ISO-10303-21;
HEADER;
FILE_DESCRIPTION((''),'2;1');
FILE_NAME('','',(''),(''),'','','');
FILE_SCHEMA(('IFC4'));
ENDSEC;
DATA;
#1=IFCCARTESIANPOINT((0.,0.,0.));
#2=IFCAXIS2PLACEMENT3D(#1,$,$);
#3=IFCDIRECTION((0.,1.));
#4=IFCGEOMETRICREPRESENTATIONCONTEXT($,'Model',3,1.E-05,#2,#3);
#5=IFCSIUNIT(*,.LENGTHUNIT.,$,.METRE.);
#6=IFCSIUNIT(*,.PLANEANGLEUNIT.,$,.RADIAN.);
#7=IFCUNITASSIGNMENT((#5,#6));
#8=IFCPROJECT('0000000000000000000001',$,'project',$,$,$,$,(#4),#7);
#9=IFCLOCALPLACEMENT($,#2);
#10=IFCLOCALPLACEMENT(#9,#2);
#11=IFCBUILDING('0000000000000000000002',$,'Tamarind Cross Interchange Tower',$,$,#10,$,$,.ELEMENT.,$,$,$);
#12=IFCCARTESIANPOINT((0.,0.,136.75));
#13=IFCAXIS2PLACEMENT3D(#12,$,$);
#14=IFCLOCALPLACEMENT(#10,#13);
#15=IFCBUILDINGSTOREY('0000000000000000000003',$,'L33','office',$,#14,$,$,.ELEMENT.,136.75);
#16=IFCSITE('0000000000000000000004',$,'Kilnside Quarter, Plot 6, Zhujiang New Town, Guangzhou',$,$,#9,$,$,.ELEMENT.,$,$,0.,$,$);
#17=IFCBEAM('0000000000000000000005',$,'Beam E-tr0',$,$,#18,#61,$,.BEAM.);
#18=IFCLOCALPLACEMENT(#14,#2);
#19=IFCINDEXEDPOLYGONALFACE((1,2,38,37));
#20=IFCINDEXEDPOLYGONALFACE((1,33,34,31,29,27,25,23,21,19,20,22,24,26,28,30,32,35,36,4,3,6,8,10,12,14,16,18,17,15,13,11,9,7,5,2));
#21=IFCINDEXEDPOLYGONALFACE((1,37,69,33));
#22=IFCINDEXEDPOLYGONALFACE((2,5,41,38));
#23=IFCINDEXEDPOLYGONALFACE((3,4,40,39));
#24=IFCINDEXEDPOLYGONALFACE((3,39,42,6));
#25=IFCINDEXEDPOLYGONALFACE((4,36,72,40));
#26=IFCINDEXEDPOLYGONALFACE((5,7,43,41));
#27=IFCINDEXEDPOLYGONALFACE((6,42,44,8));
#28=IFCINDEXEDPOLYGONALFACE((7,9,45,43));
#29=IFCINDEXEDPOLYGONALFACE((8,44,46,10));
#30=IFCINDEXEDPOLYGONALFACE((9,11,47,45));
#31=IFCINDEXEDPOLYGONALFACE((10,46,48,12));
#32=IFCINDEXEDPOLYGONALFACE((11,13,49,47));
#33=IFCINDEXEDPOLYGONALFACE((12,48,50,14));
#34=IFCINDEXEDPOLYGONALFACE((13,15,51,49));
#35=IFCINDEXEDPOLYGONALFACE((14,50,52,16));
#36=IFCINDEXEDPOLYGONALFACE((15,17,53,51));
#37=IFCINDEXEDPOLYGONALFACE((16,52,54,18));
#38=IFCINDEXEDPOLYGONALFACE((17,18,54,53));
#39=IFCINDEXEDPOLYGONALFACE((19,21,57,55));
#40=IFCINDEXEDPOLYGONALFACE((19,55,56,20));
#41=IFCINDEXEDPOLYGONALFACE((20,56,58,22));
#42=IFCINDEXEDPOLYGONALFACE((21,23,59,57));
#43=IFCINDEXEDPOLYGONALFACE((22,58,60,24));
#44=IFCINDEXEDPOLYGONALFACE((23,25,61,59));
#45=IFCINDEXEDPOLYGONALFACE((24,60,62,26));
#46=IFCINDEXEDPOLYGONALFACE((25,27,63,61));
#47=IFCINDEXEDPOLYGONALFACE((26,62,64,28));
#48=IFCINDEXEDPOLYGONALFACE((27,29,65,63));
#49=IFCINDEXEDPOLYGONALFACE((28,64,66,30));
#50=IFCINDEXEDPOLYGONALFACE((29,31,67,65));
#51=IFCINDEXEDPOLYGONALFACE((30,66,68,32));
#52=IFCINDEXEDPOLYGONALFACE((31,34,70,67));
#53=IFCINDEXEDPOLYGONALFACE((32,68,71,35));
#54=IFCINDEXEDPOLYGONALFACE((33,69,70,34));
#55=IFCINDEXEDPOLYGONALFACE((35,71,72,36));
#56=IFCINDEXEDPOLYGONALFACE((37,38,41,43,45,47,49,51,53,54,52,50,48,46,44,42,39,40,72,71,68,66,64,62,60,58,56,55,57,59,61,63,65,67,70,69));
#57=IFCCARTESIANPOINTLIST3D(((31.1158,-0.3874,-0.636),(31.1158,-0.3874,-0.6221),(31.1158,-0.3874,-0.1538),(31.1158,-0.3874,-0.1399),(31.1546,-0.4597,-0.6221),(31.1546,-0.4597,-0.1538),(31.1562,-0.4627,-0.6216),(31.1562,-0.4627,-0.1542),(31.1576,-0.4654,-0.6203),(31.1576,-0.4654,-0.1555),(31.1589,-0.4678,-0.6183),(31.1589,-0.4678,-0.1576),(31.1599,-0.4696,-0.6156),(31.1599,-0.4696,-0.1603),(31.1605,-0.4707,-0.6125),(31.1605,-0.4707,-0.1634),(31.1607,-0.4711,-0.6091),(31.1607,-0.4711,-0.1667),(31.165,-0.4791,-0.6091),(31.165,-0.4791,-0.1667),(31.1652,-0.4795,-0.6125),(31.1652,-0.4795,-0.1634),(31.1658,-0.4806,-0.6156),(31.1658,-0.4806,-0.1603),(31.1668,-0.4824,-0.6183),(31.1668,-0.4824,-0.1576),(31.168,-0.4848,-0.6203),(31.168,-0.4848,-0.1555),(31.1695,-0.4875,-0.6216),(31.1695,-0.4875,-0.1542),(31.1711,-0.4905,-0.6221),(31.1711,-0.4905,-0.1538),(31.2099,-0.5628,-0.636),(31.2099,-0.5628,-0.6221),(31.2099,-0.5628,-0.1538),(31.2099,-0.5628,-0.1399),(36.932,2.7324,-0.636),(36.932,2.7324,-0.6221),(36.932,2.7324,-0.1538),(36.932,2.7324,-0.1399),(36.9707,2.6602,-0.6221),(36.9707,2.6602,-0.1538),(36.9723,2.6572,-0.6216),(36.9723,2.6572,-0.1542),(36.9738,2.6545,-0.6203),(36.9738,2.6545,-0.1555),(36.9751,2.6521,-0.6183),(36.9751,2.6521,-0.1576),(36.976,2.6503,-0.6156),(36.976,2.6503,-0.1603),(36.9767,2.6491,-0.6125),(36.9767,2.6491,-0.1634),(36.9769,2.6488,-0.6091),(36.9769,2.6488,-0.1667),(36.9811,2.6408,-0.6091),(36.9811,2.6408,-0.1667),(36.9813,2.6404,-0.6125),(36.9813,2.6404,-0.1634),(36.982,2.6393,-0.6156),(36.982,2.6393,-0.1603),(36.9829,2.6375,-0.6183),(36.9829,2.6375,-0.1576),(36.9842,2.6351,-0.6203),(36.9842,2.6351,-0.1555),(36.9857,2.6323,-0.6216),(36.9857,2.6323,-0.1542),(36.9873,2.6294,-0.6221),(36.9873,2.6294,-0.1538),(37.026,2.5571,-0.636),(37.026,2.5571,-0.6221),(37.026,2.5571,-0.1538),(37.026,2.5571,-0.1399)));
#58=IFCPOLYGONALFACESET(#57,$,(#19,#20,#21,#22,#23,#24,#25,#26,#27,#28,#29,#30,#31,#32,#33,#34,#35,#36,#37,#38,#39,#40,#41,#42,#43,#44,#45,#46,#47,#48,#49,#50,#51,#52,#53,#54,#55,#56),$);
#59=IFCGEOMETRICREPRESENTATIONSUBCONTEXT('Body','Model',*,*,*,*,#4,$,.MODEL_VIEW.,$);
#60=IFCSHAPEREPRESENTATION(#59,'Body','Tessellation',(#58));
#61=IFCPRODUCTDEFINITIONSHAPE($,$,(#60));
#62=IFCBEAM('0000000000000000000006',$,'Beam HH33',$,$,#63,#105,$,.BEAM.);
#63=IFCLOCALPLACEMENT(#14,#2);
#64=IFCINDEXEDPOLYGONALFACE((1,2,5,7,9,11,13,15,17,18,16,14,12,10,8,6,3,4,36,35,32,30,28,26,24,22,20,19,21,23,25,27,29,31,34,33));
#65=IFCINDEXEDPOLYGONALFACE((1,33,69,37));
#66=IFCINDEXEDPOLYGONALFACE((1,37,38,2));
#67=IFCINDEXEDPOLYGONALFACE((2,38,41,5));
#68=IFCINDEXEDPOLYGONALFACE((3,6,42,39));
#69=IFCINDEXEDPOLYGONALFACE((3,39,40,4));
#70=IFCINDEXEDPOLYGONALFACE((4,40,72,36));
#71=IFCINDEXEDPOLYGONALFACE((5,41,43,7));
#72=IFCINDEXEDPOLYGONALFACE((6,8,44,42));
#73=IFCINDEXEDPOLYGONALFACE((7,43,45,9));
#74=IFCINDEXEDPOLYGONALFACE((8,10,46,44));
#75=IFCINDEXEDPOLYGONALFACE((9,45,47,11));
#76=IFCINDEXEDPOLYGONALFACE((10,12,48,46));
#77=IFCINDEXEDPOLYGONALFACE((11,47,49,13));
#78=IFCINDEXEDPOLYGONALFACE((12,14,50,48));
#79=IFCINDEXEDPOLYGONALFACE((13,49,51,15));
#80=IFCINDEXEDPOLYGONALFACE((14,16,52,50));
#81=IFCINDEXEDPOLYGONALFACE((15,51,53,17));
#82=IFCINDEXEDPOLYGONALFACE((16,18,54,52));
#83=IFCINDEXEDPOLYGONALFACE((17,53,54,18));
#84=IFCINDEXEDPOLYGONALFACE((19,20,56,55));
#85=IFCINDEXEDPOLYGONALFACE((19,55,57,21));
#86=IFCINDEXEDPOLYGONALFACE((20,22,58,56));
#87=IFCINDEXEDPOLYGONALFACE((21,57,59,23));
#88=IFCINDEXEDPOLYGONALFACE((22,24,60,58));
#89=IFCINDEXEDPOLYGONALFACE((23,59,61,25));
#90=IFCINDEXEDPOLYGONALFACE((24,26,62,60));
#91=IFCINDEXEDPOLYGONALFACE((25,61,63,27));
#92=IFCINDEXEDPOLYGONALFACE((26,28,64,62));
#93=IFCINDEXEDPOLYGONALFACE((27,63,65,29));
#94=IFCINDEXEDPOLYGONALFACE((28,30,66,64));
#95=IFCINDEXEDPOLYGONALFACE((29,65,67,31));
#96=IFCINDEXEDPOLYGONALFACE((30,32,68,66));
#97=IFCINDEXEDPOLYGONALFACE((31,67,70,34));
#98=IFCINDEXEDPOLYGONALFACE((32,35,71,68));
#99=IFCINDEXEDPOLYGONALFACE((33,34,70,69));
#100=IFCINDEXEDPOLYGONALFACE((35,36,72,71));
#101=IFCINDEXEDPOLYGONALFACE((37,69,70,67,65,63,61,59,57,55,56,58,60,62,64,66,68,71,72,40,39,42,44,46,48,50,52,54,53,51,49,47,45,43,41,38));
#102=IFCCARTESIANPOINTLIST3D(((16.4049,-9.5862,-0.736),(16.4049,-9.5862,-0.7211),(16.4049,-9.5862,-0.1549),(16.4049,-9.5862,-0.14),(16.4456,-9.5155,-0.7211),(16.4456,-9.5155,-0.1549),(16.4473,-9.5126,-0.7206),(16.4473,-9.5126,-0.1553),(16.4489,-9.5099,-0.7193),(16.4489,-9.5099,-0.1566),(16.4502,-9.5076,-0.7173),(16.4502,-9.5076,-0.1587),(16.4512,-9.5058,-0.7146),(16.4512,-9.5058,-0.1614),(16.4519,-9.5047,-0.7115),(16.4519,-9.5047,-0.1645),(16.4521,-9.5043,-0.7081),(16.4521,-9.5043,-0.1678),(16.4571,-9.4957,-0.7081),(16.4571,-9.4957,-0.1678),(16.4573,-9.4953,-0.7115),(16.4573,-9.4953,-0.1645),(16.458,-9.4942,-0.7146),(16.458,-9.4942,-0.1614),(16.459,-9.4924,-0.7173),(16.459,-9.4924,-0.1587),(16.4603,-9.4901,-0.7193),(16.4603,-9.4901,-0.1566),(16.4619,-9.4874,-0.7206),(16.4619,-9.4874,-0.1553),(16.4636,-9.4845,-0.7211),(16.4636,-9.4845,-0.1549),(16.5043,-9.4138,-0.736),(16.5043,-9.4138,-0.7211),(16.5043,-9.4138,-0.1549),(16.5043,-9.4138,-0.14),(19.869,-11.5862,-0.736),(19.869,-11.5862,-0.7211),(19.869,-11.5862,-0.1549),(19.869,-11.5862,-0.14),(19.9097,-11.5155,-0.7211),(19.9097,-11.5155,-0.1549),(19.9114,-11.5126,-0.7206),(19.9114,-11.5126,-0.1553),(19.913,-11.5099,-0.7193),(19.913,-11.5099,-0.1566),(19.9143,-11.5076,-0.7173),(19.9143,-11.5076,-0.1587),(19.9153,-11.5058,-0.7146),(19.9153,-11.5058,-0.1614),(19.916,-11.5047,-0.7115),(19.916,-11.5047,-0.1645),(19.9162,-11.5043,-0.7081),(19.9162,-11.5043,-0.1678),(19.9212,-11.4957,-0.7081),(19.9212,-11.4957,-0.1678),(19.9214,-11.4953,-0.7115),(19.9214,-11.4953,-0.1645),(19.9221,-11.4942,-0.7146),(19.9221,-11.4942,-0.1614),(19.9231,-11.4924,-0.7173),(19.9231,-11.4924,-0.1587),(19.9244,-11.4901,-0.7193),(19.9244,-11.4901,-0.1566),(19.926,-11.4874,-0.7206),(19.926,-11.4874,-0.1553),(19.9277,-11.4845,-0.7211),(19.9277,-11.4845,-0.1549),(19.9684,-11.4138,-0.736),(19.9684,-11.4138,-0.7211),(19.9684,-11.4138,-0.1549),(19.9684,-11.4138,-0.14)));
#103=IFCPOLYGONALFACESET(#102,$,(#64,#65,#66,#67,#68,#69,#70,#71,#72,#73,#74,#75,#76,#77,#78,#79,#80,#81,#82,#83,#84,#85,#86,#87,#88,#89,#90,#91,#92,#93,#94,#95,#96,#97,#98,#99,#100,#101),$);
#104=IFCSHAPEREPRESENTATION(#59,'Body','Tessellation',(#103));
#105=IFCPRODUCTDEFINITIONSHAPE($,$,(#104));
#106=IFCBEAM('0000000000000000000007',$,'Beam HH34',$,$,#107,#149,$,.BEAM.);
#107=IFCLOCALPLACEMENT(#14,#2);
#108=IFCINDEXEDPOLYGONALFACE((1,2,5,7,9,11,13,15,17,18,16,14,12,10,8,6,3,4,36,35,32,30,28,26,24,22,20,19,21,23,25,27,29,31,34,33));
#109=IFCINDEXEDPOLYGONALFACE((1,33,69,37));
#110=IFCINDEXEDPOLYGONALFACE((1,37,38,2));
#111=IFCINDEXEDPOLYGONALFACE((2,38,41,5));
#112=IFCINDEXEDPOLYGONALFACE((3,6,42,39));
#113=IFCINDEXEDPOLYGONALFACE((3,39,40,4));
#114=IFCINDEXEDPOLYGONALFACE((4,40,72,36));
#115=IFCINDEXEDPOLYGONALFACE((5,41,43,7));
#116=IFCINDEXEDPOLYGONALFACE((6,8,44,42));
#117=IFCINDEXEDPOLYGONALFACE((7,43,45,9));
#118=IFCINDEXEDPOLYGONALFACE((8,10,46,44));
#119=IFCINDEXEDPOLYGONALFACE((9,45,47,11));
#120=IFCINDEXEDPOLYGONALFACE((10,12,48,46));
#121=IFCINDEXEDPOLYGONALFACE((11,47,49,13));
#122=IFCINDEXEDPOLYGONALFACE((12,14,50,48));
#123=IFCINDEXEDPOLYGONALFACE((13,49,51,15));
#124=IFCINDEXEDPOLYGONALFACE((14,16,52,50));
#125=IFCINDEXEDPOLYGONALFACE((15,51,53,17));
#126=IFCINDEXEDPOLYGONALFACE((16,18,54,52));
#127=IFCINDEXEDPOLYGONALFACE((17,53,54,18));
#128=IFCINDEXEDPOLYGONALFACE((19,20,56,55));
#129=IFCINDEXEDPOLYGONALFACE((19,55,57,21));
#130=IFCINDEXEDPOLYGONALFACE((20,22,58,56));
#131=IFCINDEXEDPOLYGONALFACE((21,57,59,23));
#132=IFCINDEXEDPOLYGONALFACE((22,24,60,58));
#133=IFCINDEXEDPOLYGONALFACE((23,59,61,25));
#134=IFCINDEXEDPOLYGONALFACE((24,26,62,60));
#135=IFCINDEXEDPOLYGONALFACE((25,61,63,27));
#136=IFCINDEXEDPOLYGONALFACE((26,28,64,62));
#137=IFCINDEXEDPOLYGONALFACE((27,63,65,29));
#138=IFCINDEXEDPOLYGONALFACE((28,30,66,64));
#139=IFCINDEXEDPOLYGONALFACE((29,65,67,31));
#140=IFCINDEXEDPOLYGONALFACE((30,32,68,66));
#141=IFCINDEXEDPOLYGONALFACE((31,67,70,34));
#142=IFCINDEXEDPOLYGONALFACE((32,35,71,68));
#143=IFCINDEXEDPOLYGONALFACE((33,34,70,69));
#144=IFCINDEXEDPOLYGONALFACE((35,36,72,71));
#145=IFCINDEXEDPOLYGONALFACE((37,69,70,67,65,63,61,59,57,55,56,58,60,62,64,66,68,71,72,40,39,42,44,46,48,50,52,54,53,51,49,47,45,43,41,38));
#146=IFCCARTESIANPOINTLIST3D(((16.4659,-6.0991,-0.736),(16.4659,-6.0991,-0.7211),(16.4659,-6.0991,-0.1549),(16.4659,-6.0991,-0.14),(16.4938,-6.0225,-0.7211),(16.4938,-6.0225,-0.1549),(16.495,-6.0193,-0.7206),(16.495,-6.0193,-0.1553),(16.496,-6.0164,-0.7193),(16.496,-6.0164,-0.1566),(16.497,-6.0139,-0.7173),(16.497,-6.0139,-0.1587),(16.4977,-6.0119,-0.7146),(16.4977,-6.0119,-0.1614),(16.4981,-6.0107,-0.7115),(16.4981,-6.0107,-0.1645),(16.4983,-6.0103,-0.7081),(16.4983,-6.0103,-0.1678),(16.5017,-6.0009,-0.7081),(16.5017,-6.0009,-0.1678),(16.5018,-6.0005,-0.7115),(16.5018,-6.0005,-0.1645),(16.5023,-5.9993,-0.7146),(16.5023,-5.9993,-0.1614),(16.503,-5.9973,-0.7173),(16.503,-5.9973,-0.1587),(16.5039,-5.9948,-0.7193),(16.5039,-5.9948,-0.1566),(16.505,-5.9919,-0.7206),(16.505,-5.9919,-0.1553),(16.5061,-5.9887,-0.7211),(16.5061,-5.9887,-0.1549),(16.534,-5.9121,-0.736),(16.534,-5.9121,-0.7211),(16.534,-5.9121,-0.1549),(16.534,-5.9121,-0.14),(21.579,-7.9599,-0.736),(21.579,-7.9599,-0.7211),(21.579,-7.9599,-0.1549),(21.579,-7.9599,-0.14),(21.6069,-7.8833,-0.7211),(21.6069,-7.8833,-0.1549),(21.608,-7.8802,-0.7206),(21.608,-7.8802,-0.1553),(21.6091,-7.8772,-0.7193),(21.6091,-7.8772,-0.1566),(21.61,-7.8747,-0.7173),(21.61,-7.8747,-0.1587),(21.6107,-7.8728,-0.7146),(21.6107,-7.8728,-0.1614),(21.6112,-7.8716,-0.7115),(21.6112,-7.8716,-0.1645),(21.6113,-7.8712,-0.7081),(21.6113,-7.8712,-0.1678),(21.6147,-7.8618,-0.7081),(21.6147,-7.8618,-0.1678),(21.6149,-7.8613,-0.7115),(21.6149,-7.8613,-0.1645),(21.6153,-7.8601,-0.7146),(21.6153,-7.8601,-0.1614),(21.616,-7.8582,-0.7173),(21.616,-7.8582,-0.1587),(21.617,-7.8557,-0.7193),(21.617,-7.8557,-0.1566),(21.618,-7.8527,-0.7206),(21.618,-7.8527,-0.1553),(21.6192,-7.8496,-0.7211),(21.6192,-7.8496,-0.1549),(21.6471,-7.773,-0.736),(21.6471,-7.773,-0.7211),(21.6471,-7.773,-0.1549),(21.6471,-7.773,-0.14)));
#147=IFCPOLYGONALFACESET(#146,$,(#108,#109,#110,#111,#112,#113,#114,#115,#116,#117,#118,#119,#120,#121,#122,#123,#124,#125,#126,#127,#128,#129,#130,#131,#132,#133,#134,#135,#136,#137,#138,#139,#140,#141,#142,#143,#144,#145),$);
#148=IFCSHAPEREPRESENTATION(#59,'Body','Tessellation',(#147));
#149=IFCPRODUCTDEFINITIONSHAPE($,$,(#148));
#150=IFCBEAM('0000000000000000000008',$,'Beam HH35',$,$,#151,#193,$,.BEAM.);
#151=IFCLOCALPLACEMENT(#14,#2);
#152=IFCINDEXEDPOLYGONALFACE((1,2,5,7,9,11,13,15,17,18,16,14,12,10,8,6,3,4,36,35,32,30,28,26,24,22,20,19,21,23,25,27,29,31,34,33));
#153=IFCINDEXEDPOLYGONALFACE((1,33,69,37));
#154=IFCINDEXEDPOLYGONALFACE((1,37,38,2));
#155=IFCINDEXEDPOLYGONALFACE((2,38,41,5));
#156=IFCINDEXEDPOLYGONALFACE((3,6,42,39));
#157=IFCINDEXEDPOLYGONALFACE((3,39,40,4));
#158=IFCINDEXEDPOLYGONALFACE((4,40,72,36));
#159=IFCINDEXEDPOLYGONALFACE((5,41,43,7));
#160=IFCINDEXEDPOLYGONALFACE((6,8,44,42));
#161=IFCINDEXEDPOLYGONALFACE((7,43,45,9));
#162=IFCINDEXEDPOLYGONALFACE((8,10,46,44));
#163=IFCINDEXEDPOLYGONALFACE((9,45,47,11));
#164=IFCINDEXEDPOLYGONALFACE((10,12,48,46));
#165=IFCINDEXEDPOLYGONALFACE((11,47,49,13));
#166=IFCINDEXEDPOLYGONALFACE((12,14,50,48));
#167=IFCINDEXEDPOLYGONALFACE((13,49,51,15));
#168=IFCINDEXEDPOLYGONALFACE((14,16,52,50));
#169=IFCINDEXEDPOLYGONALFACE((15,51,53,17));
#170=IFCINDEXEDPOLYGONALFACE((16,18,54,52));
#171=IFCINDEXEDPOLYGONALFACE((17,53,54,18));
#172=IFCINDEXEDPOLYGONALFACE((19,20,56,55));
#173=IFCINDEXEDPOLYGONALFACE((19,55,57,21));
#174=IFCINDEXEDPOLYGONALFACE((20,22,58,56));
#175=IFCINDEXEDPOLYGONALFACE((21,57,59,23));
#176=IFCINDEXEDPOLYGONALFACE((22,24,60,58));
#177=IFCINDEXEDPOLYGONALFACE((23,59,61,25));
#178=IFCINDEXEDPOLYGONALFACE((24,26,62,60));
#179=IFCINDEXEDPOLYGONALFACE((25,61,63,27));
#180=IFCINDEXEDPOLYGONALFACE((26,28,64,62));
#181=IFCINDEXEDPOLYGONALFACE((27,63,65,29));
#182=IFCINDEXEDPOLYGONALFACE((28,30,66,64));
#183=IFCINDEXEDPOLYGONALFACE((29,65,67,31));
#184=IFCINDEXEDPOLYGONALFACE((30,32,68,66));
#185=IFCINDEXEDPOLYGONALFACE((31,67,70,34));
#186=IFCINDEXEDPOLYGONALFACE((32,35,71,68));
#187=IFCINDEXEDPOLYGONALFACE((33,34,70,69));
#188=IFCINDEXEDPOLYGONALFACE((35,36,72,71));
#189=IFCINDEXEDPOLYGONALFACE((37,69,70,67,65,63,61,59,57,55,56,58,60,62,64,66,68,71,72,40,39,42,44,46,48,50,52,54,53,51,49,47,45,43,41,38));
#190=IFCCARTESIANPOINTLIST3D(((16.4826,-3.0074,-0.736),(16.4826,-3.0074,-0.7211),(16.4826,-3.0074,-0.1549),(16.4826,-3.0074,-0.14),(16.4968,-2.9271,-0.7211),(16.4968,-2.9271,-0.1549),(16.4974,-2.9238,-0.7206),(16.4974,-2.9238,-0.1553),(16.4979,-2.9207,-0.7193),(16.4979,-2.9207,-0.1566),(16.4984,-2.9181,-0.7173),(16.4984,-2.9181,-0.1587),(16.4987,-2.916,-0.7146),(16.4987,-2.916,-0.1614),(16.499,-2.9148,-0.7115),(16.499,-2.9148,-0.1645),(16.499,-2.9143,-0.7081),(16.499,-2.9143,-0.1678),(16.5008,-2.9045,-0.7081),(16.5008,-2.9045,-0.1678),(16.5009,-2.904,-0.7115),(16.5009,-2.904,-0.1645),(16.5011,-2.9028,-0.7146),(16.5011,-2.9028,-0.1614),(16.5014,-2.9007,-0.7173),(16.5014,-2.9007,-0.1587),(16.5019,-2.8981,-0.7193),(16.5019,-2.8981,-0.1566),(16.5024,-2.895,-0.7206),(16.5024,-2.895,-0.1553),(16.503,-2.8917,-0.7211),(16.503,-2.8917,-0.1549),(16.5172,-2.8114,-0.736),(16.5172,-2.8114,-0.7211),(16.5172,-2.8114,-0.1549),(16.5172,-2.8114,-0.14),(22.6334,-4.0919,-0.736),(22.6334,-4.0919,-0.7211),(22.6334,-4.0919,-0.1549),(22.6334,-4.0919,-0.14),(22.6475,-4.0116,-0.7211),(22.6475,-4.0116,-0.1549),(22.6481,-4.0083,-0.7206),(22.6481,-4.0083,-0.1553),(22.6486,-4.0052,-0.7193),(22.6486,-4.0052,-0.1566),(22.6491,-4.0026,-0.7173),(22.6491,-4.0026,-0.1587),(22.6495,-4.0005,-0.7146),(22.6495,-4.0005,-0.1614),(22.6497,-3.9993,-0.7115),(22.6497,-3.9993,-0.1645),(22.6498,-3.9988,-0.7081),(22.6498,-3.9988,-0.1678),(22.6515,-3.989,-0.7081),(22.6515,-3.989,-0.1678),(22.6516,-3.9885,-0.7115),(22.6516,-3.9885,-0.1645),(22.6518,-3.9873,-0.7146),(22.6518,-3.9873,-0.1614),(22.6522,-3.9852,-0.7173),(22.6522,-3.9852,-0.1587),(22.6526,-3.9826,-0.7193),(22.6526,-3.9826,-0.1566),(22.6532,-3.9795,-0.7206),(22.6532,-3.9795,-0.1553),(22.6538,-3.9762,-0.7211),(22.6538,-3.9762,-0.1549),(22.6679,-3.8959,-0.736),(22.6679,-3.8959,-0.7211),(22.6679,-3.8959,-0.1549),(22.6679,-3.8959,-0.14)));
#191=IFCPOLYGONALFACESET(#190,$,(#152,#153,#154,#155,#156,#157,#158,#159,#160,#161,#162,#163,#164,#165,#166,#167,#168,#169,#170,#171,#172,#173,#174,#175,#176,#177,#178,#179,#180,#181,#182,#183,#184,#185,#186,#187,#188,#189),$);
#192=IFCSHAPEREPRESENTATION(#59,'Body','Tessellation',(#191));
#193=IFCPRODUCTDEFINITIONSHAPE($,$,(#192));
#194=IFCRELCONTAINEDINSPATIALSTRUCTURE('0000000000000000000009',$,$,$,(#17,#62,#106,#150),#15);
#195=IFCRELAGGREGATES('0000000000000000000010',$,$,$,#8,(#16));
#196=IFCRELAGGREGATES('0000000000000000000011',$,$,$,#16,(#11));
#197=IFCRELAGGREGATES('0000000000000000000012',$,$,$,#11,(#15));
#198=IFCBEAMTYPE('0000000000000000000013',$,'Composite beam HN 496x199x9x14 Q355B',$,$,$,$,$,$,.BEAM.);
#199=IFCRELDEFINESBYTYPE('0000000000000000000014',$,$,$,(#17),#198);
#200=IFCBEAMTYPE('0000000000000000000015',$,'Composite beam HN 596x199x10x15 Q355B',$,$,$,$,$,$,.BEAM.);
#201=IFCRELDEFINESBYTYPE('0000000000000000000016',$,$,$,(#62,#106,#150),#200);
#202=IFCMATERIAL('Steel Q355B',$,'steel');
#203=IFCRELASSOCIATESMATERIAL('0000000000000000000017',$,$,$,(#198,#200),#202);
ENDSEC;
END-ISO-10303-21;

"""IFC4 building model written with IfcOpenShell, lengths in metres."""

from ifc_helpers import new_model, si_unit, direction, frame, origin, origin_2d, place, context, subcontext, project, spatial, i_section, extrude, material, material_profile, profile_set, type_object, element, save


model = new_model("IFC4")

# Units and contexts
model_context = context("Model", 3, precision=1e-05, world=origin(), true_north=direction((0.0, 1.0)))
body_context = subcontext(model_context, "Body", "Model", "MODEL_VIEW")
ifc_project = project(units=[si_unit("LENGTHUNIT", "METRE"), si_unit("PLANEANGLEUNIT", "RADIAN")], contexts=[model_context])

# Site, building, storey
site_placement = place(None, origin())
site = spatial("IfcSite", under=ifc_project, at=site_placement, Name="Kilnside Quarter, Plot 6, Zhujiang New Town, Guangzhou", CompositionType="ELEMENT", RefElevation=0.0)
building_placement = place(site_placement, origin())
building = spatial("IfcBuilding", under=site, at=building_placement, Name="Tamarind Cross Interchange Tower", CompositionType="ELEMENT")
storey_placement = place(building_placement, frame((0.0, 0.0, 136.75)))
storey = spatial("IfcBuildingStorey", under=building, at=storey_placement, Name="L33", Description="office", CompositionType="ELEMENT", Elevation=136.75)

# Beams
ifc_material_1 = material(Name="Steel Q355B", Category="steel")
ifc_material_profile_1 = material_profile(ifc_material_1, i_section(OverallWidth=0.199, OverallDepth=0.4961, WebThickness=0.009, FlangeThickness=0.0139, FilletRadius=0.0129, at=origin_2d()), Name="HN 496x199x9x14")
ifc_profile_set_1 = profile_set([ifc_material_profile_1], Name="Steel Q355B")
beam_type_1 = type_object("IfcBeamType", Name="Composite beam HN 496x199x9x14 Q355B", PredefinedType="BEAM", material=ifc_profile_set_1)
beam_1_placement = place(storey_placement, frame((31.1628, -0.4751, -0.3879), z_axis=(0.881223, 0.472701, 0.0), x_axis=(-0.472701, 0.881223, 0.0)))
element("IfcBeam", 1, at=beam_1_placement, inside=storey, type_object=beam_type_1, Name="Beam E-tr0", PredefinedType="BEAM", context=body_context, shape_type="SweptSolid", body=[
    extrude(i_section(OverallWidth=0.199, OverallDepth=0.4961, WebThickness=0.009, FlangeThickness=0.0139, FilletRadius=0.0129, at=origin_2d()), origin(), (0.0, 0.0, 1.0), 6.6001),
])
ifc_material_profile_2 = material_profile(ifc_material_1, i_section(OverallWidth=0.199, OverallDepth=0.5959, WebThickness=0.01, FlangeThickness=0.0149, FilletRadius=0.0129, at=origin_2d()), Name="HN 596x199x10x15")
ifc_profile_set_2 = profile_set([ifc_material_profile_2], Name="Steel Q355B")
beam_type_2 = type_object("IfcBeamType", Name="Composite beam HN 596x199x10x15 Q355B", PredefinedType="BEAM", material=ifc_profile_set_2)
beam_2_placement = place(storey_placement, frame((19.9187, -11.5, -0.438), z_axis=(-0.866026, 0.499999, 0.0), x_axis=(-0.499999, -0.866026, 0.0)))
element("IfcBeam", 2, at=beam_2_placement, inside=storey, type_object=beam_type_2, Name="Beam HH33", PredefinedType="BEAM", context=body_context, shape_type="SweptSolid", body=[
    extrude(i_section(OverallWidth=0.199, OverallDepth=0.5959, WebThickness=0.01, FlangeThickness=0.0149, FilletRadius=0.0129, at=origin_2d()), origin(), (0.0, 0.0, 1.0), 4.0),
])
beam_3_placement = place(storey_placement, frame((21.613, -7.8665, -0.438), z_axis=(-0.939702, 0.341995, 0.0), x_axis=(-0.341995, -0.939702, 0.0)))
element("IfcBeam", 3, at=beam_3_placement, inside=storey, type_object=beam_type_2, Name="Beam HH34", PredefinedType="BEAM", context=body_context, shape_type="SweptSolid", body=[
    extrude(i_section(OverallWidth=0.199, OverallDepth=0.5959, WebThickness=0.01, FlangeThickness=0.0149, FilletRadius=0.0129, at=origin_2d()), origin(), (0.0, 0.0, 1.0), 5.4412),
])
beam_4_placement = place(storey_placement, frame((22.6506, -3.9939, -0.438), z_axis=(-0.984809, 0.17364, 0.0), x_axis=(-0.17364, -0.984809, 0.0)))
element("IfcBeam", 4, at=beam_4_placement, inside=storey, type_object=beam_type_2, Name="Beam HH35", PredefinedType="BEAM", context=body_context, shape_type="SweptSolid", body=[
    extrude(i_section(OverallWidth=0.199, OverallDepth=0.5959, WebThickness=0.01, FlangeThickness=0.0149, FilletRadius=0.0129, at=origin_2d()), origin(), (0.0, 0.0, 1.0), 6.2456),
])

save(model, "model.ifc")
